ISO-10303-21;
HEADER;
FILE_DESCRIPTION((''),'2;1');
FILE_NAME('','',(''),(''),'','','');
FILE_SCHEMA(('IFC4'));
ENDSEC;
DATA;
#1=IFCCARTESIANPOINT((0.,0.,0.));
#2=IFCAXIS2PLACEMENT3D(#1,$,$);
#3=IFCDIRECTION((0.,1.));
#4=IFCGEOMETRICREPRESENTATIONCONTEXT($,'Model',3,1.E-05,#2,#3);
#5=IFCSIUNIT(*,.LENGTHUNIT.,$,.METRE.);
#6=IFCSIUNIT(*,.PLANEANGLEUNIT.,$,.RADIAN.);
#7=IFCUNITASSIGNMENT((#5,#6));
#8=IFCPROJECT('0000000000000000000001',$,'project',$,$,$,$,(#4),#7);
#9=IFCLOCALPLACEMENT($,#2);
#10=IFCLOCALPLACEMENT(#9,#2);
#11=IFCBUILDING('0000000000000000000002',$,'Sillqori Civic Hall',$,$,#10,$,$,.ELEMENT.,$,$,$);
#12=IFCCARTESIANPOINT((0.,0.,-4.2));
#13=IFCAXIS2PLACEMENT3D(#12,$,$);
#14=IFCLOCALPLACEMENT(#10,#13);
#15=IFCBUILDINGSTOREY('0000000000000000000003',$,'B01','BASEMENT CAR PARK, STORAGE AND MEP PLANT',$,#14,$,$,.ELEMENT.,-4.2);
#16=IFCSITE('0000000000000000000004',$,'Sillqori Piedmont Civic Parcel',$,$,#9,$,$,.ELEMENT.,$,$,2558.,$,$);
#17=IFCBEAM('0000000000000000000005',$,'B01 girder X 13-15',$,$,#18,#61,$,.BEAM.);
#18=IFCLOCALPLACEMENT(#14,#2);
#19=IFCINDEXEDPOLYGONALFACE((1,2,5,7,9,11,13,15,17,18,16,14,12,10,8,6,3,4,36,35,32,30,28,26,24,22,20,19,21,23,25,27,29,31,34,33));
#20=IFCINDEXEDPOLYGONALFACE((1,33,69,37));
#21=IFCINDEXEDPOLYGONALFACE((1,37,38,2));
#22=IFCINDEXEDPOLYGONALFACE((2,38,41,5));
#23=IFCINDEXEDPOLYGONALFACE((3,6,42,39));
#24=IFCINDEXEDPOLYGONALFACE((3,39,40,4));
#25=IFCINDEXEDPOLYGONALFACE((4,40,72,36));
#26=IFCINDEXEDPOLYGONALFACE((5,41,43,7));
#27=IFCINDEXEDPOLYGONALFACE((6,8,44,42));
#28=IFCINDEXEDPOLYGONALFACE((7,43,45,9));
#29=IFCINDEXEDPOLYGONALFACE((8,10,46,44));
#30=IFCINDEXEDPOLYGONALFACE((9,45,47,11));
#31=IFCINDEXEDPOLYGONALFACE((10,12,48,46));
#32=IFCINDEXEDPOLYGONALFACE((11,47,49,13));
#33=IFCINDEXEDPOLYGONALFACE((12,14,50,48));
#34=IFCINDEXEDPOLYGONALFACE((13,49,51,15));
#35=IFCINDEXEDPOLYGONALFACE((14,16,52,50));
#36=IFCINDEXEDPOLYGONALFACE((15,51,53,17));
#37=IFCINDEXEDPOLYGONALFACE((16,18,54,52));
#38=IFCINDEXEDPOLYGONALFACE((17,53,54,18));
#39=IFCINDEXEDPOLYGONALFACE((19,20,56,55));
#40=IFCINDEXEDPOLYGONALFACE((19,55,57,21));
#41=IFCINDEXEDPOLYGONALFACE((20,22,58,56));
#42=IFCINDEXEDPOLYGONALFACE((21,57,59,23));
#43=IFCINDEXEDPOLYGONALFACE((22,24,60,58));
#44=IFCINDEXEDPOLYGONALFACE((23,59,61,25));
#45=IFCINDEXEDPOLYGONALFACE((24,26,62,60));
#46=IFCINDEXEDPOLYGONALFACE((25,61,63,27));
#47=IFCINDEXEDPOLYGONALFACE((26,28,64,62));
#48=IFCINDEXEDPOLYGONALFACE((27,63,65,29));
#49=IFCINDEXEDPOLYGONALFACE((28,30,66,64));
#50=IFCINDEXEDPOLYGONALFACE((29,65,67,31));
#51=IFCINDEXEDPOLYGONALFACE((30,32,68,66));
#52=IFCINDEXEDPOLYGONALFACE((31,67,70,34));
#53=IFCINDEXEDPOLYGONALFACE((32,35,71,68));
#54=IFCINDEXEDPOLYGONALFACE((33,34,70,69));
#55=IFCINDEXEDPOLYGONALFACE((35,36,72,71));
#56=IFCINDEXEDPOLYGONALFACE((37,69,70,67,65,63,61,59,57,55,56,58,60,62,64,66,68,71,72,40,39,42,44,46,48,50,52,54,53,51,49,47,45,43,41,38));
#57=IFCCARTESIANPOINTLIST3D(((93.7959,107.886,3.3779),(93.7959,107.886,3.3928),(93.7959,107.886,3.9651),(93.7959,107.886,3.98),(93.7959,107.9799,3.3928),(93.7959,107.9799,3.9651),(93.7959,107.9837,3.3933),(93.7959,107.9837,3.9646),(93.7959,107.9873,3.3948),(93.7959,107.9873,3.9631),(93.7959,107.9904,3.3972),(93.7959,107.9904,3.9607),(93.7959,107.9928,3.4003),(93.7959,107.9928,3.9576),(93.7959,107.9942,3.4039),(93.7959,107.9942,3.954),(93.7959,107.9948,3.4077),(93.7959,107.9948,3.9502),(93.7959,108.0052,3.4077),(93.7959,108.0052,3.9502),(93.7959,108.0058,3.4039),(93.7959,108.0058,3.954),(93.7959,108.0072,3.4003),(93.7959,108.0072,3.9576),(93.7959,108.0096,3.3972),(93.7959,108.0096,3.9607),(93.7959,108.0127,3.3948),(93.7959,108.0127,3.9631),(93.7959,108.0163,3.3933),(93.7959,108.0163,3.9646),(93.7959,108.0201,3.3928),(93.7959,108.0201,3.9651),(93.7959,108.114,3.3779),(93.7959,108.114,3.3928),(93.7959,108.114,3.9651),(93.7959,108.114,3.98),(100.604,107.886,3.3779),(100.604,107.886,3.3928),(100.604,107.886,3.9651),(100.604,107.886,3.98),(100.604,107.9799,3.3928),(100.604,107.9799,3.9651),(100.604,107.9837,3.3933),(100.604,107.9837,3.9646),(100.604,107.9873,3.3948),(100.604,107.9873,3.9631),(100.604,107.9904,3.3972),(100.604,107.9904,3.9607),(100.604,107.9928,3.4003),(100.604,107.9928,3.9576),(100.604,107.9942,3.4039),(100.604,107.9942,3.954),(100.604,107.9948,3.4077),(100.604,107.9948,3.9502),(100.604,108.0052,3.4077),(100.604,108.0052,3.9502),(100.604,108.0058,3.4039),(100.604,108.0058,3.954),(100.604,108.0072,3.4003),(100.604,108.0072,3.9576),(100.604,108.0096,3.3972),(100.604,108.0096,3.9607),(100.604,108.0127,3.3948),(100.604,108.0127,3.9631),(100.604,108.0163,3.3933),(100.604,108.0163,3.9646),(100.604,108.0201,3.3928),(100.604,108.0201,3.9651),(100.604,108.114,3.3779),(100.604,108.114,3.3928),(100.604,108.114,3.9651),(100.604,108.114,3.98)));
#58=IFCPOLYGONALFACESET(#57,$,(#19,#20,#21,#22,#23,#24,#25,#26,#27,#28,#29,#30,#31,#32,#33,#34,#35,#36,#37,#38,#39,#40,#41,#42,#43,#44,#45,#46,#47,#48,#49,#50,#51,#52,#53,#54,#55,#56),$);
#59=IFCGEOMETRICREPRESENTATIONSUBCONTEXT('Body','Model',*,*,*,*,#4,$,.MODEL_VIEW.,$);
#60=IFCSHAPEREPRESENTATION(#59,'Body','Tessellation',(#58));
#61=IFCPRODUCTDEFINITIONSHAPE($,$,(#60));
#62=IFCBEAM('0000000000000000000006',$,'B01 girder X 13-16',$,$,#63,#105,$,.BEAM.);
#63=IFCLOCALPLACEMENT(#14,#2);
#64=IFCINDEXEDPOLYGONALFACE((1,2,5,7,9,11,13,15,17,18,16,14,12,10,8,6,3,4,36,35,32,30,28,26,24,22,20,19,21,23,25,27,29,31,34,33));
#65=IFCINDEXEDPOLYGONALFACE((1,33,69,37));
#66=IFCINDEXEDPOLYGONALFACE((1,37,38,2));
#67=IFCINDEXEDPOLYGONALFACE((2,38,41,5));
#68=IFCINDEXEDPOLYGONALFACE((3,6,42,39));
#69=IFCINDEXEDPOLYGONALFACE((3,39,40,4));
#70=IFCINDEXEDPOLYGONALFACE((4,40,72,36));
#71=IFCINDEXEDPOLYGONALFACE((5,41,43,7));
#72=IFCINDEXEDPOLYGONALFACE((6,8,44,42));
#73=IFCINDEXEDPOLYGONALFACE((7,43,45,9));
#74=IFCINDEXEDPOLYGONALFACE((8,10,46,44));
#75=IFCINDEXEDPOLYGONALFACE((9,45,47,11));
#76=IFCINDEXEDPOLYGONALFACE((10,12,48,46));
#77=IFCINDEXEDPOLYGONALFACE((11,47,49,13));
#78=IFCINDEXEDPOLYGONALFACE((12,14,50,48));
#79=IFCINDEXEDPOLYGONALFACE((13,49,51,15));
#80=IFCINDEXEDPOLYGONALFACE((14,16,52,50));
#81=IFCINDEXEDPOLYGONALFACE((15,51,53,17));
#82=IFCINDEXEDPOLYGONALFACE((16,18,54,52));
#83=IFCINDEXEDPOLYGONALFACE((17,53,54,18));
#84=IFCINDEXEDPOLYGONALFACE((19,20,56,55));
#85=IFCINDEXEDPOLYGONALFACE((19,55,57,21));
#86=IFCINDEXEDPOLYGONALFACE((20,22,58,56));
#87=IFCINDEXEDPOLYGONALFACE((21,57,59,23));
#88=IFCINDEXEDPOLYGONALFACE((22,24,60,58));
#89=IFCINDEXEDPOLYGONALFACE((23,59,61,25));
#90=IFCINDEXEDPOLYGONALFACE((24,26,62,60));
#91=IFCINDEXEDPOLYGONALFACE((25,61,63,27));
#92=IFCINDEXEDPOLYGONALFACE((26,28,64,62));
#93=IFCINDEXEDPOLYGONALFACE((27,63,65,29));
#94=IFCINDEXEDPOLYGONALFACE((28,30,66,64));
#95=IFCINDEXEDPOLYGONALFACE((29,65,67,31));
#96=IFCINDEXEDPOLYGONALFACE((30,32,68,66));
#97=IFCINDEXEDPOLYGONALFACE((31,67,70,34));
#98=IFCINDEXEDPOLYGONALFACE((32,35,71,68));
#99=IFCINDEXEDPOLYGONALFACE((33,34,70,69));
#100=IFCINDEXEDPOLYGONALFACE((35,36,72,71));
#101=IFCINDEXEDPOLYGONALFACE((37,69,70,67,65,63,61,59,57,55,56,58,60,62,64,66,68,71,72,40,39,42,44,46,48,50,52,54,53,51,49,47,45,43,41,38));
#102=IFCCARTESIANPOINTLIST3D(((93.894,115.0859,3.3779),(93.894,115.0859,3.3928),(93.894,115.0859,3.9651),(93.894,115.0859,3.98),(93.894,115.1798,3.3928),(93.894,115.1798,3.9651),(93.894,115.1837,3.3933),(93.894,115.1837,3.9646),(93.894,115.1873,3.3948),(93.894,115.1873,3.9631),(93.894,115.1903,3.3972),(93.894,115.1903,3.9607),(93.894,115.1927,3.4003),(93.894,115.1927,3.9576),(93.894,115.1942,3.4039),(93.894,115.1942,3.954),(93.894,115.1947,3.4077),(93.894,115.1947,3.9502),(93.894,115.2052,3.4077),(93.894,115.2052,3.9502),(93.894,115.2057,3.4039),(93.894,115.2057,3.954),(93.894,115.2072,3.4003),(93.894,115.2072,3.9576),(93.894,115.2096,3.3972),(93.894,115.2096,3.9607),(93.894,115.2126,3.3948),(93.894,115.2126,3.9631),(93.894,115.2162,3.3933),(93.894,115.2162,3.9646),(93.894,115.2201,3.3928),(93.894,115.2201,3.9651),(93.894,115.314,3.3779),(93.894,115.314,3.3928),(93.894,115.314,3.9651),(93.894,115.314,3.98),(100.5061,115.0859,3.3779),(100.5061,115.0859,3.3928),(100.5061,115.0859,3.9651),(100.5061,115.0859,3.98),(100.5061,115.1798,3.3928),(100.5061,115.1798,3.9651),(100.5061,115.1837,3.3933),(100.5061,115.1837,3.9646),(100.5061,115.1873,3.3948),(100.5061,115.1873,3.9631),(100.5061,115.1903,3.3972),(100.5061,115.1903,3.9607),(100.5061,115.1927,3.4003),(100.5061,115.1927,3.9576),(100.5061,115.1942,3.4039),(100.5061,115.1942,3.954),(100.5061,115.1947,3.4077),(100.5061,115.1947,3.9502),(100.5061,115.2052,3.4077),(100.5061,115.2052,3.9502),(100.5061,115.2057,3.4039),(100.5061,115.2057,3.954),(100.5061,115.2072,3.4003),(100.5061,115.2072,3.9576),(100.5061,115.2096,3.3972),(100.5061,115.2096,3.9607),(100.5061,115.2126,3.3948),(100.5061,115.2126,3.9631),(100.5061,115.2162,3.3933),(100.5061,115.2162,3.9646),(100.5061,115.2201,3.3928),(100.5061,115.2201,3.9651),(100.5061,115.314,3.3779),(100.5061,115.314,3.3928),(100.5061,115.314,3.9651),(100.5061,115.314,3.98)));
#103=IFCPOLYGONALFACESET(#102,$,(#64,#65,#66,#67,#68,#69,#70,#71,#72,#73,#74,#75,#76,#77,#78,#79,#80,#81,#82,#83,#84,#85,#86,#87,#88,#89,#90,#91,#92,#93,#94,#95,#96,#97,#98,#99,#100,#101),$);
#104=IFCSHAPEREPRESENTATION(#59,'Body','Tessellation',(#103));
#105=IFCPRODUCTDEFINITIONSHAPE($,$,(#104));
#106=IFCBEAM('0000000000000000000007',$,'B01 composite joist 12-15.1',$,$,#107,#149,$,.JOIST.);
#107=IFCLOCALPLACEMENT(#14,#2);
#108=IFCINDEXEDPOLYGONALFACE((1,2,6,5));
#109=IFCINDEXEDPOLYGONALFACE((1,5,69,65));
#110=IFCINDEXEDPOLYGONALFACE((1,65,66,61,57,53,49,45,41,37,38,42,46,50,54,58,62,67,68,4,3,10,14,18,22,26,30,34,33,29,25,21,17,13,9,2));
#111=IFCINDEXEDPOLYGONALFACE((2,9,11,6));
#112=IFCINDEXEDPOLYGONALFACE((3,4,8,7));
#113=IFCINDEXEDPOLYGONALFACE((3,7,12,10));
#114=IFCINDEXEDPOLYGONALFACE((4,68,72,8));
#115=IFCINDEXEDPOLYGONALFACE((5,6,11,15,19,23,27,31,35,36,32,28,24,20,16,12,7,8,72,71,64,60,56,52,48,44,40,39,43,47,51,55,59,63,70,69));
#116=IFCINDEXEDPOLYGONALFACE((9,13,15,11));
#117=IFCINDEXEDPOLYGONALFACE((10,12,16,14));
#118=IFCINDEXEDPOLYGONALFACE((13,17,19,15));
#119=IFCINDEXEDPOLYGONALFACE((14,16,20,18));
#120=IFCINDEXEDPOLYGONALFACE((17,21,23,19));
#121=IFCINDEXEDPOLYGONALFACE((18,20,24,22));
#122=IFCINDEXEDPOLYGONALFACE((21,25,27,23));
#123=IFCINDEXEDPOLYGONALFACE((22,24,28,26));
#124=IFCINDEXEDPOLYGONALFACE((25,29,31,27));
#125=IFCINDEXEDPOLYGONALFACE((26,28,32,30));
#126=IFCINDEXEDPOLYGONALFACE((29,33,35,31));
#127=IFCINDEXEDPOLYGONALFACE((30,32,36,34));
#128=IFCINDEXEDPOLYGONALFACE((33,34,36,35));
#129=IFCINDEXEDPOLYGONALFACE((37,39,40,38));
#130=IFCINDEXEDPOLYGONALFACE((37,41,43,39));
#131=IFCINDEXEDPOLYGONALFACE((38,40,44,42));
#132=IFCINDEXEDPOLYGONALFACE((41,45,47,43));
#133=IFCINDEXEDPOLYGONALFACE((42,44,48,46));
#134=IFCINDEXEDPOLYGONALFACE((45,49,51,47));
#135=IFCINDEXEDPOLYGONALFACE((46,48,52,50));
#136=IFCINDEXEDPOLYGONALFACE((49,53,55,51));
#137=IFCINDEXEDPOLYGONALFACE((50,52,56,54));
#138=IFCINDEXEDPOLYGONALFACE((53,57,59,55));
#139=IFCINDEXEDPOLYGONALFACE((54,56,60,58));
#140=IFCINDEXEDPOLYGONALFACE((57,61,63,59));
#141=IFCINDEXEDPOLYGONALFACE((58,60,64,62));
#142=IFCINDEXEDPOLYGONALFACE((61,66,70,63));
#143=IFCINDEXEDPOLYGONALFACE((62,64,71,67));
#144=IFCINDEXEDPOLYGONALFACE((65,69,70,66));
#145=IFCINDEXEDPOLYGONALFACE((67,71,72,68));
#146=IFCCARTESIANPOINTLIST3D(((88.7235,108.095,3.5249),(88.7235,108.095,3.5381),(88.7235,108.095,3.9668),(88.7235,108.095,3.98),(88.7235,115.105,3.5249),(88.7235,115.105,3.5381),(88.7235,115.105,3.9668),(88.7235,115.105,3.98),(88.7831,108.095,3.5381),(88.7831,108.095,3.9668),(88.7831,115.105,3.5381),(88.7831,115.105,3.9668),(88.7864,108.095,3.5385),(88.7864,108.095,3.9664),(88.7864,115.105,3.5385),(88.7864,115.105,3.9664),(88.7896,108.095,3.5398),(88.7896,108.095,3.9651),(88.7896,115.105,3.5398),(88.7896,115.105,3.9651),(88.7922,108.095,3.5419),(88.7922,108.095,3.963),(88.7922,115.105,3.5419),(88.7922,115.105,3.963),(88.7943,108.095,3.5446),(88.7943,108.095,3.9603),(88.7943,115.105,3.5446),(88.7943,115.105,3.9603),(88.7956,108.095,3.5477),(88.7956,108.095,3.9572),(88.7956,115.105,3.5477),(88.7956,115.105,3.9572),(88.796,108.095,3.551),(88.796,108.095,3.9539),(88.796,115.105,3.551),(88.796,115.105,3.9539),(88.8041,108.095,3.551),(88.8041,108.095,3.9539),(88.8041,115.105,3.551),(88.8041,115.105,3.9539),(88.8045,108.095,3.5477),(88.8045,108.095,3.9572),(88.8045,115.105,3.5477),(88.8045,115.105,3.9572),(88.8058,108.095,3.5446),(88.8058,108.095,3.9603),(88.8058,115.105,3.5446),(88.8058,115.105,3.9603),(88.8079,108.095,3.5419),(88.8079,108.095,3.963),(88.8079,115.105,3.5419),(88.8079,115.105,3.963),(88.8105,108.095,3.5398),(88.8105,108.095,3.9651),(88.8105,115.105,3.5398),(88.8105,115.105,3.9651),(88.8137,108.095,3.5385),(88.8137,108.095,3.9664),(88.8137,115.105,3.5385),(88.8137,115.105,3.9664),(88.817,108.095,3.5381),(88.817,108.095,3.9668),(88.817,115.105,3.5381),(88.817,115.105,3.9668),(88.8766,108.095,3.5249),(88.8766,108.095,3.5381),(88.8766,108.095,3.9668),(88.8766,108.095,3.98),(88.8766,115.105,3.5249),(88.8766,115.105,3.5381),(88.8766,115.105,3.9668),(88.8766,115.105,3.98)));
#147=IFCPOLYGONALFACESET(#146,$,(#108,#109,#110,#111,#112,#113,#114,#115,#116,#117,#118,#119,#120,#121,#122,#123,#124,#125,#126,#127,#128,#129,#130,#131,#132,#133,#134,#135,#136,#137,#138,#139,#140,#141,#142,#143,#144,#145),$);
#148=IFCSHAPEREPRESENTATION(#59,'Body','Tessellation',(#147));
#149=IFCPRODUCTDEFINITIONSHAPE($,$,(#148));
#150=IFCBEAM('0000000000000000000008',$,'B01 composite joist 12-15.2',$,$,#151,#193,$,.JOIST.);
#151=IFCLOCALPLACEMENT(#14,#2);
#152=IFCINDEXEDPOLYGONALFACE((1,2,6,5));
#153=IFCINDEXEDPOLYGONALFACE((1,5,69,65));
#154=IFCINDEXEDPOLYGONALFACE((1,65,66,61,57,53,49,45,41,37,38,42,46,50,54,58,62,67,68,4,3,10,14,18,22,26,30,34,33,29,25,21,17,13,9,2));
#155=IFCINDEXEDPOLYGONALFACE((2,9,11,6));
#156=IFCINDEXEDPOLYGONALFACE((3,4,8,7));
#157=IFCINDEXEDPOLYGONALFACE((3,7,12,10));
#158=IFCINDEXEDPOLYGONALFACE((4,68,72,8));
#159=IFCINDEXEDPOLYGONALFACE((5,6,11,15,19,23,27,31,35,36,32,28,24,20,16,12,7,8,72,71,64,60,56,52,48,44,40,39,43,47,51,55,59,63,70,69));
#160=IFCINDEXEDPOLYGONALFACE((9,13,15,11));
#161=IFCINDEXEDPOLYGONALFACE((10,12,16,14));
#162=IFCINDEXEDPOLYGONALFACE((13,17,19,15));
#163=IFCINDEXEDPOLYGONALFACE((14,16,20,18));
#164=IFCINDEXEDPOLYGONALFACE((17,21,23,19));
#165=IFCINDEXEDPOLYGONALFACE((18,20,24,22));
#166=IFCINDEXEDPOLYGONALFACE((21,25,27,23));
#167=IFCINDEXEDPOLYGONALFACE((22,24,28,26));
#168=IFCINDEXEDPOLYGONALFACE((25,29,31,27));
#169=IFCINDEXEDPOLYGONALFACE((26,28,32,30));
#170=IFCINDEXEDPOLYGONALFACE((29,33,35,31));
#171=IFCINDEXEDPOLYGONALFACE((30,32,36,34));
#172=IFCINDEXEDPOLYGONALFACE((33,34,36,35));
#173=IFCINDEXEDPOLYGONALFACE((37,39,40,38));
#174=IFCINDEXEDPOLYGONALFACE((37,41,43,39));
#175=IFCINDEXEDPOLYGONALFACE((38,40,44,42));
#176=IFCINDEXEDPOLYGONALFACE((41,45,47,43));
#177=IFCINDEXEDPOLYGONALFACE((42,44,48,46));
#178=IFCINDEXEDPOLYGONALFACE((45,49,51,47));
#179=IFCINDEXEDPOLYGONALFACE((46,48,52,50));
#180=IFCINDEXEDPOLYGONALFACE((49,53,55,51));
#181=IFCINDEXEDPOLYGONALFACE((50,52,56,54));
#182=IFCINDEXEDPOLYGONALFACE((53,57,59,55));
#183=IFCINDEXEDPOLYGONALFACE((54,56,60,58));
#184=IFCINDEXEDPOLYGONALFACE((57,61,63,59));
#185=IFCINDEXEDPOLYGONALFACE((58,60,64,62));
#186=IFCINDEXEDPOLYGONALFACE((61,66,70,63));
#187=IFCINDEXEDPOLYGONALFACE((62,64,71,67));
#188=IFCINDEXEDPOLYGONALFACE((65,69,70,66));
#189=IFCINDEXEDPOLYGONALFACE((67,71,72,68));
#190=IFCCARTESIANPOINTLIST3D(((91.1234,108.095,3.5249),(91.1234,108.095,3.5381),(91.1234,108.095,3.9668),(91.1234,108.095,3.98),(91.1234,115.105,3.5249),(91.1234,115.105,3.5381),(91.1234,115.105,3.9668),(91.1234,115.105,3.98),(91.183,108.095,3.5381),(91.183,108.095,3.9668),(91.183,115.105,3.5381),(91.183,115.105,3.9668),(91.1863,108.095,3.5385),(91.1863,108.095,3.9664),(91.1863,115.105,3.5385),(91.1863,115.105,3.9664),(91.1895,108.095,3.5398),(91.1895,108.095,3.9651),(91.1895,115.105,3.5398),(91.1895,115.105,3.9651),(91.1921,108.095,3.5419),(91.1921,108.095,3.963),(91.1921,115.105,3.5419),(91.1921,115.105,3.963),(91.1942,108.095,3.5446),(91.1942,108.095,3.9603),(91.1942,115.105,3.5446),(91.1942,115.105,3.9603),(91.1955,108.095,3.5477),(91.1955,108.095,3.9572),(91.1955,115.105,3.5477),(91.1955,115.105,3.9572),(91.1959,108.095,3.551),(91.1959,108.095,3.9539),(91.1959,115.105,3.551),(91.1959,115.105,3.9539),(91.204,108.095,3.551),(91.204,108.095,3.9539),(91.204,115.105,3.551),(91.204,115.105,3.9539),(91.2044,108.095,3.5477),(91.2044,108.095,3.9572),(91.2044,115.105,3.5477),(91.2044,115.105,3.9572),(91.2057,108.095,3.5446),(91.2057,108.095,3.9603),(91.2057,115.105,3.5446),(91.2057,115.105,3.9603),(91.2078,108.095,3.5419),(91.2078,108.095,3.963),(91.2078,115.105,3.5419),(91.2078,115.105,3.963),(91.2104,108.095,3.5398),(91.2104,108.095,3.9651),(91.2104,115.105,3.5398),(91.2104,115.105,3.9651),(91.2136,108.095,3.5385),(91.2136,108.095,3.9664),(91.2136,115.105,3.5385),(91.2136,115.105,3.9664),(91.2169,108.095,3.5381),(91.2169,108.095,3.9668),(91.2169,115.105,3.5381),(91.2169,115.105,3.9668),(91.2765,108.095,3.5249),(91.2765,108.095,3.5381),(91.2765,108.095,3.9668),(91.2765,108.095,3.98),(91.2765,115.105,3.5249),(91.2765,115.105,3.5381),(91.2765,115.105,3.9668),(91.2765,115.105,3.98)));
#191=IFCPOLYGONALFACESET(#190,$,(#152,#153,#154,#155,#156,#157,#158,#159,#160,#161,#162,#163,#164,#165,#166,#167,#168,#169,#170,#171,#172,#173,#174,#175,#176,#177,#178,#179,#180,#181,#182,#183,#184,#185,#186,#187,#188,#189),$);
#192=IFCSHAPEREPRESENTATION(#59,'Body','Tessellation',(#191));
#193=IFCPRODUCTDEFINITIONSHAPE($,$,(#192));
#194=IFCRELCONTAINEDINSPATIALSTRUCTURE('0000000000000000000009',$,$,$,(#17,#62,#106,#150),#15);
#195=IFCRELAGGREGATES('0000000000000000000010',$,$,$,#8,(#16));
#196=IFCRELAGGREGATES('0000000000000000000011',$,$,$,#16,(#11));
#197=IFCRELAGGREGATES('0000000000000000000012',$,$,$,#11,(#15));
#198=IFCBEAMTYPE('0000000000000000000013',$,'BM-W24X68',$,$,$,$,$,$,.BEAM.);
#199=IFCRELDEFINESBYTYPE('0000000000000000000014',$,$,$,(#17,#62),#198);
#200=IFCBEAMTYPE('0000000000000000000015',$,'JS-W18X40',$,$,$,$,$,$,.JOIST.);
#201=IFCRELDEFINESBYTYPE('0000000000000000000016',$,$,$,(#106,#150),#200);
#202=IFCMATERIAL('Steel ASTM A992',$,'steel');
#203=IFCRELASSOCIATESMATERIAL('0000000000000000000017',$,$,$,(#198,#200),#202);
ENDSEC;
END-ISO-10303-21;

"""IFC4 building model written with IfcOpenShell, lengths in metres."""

from ifc_helpers import new_model, si_unit, direction, frame, origin, origin_2d, place, context, subcontext, project, spatial, i_section, extrude, material, material_profile, profile_set, type_object, element, save


model = new_model("IFC4")

# Units and contexts
model_context = context("Model", 3, precision=1e-05, world=origin(), true_north=direction((0.0, 1.0)))
body_context = subcontext(model_context, "Body", "Model", "MODEL_VIEW")
ifc_project = project(units=[si_unit("LENGTHUNIT", "METRE"), si_unit("PLANEANGLEUNIT", "RADIAN")], contexts=[model_context])

# Site, building, storey
site_placement = place(None, origin())
site = spatial("IfcSite", under=ifc_project, at=site_placement, Name="Sillqori Piedmont Civic Parcel", CompositionType="ELEMENT", RefElevation=2558.0)
building_placement = place(site_placement, origin())
building = spatial("IfcBuilding", under=site, at=building_placement, Name="Sillqori Civic Hall", CompositionType="ELEMENT")
storey_placement = place(building_placement, frame((0.0, 0.0, -4.2)))
storey = spatial("IfcBuildingStorey", under=building, at=storey_placement, Name="B01", Description="BASEMENT CAR PARK, STORAGE AND MEP PLANT", CompositionType="ELEMENT", Elevation=-4.2)

# Beams
ifc_material_1 = material(Name="Steel ASTM A992", Category="steel")
ifc_material_profile_1 = material_profile(ifc_material_1, i_section(OverallWidth=0.228, OverallDepth=0.6021, WebThickness=0.0105, FlangeThickness=0.0149, FilletRadius=0.0149, at=origin_2d()), Name="W24X68")
ifc_profile_set_1 = profile_set([ifc_material_profile_1], Name="Steel ASTM A992")
beam_type_1 = type_object("IfcBeamType", Name="BM-W24X68", PredefinedType="BEAM", material=ifc_profile_set_1)
beam_1_placement = place(storey_placement, frame((93.7959, 108.0, 3.679), z_axis=(1.0, 0.0, 0.0), x_axis=(0.0, 1.0, 0.0)))
element("IfcBeam", 1, at=beam_1_placement, inside=storey, type_object=beam_type_1, Name="B01 girder X 13-15", PredefinedType="BEAM", context=body_context, shape_type="SweptSolid", body=[
    extrude(i_section(OverallWidth=0.228, OverallDepth=0.6021, WebThickness=0.0105, FlangeThickness=0.0149, FilletRadius=0.0149, at=origin_2d()), origin(), (0.0, 0.0, 1.0), 6.8081),
])
beam_2_placement = place(storey_placement, frame((93.894, 115.2, 3.679), z_axis=(1.0, 0.0, 0.0), x_axis=(0.0, 1.0, 0.0)))
element("IfcBeam", 2, at=beam_2_placement, inside=storey, type_object=beam_type_1, Name="B01 girder X 13-16", PredefinedType="BEAM", context=body_context, shape_type="SweptSolid", body=[
    extrude(i_section(OverallWidth=0.228, OverallDepth=0.6021, WebThickness=0.0105, FlangeThickness=0.0149, FilletRadius=0.0149, at=origin_2d()), origin(), (0.0, 0.0, 1.0), 6.6121),
])
ifc_material_profile_2 = material_profile(ifc_material_1, i_section(OverallWidth=0.1531, OverallDepth=0.4551, WebThickness=0.0081, FlangeThickness=0.0132, FilletRadius=0.0129, at=origin_2d()), Name="W18X40")
ifc_profile_set_2 = profile_set([ifc_material_profile_2], Name="Steel ASTM A992")
beam_type_2 = type_object("IfcBeamType", Name="JS-W18X40", PredefinedType="JOIST", material=ifc_profile_set_2)
for number, where, z_axis, x_axis, name in (
    (3, (88.8, 108.095, 3.7524), (0.0, 1.0, 0.0), (-1.0, 0.0, 0.0), "B01 composite joist 12-15.1"),
    (4, (91.2, 108.095, 3.7524), (0.0, 1.0, 0.0), (-1.0, 0.0, 0.0), "B01 composite joist 12-15.2"),
):
    element("IfcBeam", number, at=place(storey_placement, frame(where, z_axis=z_axis, x_axis=x_axis)), inside=storey, type_object=beam_type_2, Name=name, PredefinedType="JOIST", context=body_context, shape_type="SweptSolid", body=[
        extrude(i_section(OverallWidth=0.1531, OverallDepth=0.4551, WebThickness=0.0081, FlangeThickness=0.0132, FilletRadius=0.0129, at=origin_2d()), origin(), (0.0, 0.0, 1.0), 7.01),
    ])

save(model, "model.ifc")
